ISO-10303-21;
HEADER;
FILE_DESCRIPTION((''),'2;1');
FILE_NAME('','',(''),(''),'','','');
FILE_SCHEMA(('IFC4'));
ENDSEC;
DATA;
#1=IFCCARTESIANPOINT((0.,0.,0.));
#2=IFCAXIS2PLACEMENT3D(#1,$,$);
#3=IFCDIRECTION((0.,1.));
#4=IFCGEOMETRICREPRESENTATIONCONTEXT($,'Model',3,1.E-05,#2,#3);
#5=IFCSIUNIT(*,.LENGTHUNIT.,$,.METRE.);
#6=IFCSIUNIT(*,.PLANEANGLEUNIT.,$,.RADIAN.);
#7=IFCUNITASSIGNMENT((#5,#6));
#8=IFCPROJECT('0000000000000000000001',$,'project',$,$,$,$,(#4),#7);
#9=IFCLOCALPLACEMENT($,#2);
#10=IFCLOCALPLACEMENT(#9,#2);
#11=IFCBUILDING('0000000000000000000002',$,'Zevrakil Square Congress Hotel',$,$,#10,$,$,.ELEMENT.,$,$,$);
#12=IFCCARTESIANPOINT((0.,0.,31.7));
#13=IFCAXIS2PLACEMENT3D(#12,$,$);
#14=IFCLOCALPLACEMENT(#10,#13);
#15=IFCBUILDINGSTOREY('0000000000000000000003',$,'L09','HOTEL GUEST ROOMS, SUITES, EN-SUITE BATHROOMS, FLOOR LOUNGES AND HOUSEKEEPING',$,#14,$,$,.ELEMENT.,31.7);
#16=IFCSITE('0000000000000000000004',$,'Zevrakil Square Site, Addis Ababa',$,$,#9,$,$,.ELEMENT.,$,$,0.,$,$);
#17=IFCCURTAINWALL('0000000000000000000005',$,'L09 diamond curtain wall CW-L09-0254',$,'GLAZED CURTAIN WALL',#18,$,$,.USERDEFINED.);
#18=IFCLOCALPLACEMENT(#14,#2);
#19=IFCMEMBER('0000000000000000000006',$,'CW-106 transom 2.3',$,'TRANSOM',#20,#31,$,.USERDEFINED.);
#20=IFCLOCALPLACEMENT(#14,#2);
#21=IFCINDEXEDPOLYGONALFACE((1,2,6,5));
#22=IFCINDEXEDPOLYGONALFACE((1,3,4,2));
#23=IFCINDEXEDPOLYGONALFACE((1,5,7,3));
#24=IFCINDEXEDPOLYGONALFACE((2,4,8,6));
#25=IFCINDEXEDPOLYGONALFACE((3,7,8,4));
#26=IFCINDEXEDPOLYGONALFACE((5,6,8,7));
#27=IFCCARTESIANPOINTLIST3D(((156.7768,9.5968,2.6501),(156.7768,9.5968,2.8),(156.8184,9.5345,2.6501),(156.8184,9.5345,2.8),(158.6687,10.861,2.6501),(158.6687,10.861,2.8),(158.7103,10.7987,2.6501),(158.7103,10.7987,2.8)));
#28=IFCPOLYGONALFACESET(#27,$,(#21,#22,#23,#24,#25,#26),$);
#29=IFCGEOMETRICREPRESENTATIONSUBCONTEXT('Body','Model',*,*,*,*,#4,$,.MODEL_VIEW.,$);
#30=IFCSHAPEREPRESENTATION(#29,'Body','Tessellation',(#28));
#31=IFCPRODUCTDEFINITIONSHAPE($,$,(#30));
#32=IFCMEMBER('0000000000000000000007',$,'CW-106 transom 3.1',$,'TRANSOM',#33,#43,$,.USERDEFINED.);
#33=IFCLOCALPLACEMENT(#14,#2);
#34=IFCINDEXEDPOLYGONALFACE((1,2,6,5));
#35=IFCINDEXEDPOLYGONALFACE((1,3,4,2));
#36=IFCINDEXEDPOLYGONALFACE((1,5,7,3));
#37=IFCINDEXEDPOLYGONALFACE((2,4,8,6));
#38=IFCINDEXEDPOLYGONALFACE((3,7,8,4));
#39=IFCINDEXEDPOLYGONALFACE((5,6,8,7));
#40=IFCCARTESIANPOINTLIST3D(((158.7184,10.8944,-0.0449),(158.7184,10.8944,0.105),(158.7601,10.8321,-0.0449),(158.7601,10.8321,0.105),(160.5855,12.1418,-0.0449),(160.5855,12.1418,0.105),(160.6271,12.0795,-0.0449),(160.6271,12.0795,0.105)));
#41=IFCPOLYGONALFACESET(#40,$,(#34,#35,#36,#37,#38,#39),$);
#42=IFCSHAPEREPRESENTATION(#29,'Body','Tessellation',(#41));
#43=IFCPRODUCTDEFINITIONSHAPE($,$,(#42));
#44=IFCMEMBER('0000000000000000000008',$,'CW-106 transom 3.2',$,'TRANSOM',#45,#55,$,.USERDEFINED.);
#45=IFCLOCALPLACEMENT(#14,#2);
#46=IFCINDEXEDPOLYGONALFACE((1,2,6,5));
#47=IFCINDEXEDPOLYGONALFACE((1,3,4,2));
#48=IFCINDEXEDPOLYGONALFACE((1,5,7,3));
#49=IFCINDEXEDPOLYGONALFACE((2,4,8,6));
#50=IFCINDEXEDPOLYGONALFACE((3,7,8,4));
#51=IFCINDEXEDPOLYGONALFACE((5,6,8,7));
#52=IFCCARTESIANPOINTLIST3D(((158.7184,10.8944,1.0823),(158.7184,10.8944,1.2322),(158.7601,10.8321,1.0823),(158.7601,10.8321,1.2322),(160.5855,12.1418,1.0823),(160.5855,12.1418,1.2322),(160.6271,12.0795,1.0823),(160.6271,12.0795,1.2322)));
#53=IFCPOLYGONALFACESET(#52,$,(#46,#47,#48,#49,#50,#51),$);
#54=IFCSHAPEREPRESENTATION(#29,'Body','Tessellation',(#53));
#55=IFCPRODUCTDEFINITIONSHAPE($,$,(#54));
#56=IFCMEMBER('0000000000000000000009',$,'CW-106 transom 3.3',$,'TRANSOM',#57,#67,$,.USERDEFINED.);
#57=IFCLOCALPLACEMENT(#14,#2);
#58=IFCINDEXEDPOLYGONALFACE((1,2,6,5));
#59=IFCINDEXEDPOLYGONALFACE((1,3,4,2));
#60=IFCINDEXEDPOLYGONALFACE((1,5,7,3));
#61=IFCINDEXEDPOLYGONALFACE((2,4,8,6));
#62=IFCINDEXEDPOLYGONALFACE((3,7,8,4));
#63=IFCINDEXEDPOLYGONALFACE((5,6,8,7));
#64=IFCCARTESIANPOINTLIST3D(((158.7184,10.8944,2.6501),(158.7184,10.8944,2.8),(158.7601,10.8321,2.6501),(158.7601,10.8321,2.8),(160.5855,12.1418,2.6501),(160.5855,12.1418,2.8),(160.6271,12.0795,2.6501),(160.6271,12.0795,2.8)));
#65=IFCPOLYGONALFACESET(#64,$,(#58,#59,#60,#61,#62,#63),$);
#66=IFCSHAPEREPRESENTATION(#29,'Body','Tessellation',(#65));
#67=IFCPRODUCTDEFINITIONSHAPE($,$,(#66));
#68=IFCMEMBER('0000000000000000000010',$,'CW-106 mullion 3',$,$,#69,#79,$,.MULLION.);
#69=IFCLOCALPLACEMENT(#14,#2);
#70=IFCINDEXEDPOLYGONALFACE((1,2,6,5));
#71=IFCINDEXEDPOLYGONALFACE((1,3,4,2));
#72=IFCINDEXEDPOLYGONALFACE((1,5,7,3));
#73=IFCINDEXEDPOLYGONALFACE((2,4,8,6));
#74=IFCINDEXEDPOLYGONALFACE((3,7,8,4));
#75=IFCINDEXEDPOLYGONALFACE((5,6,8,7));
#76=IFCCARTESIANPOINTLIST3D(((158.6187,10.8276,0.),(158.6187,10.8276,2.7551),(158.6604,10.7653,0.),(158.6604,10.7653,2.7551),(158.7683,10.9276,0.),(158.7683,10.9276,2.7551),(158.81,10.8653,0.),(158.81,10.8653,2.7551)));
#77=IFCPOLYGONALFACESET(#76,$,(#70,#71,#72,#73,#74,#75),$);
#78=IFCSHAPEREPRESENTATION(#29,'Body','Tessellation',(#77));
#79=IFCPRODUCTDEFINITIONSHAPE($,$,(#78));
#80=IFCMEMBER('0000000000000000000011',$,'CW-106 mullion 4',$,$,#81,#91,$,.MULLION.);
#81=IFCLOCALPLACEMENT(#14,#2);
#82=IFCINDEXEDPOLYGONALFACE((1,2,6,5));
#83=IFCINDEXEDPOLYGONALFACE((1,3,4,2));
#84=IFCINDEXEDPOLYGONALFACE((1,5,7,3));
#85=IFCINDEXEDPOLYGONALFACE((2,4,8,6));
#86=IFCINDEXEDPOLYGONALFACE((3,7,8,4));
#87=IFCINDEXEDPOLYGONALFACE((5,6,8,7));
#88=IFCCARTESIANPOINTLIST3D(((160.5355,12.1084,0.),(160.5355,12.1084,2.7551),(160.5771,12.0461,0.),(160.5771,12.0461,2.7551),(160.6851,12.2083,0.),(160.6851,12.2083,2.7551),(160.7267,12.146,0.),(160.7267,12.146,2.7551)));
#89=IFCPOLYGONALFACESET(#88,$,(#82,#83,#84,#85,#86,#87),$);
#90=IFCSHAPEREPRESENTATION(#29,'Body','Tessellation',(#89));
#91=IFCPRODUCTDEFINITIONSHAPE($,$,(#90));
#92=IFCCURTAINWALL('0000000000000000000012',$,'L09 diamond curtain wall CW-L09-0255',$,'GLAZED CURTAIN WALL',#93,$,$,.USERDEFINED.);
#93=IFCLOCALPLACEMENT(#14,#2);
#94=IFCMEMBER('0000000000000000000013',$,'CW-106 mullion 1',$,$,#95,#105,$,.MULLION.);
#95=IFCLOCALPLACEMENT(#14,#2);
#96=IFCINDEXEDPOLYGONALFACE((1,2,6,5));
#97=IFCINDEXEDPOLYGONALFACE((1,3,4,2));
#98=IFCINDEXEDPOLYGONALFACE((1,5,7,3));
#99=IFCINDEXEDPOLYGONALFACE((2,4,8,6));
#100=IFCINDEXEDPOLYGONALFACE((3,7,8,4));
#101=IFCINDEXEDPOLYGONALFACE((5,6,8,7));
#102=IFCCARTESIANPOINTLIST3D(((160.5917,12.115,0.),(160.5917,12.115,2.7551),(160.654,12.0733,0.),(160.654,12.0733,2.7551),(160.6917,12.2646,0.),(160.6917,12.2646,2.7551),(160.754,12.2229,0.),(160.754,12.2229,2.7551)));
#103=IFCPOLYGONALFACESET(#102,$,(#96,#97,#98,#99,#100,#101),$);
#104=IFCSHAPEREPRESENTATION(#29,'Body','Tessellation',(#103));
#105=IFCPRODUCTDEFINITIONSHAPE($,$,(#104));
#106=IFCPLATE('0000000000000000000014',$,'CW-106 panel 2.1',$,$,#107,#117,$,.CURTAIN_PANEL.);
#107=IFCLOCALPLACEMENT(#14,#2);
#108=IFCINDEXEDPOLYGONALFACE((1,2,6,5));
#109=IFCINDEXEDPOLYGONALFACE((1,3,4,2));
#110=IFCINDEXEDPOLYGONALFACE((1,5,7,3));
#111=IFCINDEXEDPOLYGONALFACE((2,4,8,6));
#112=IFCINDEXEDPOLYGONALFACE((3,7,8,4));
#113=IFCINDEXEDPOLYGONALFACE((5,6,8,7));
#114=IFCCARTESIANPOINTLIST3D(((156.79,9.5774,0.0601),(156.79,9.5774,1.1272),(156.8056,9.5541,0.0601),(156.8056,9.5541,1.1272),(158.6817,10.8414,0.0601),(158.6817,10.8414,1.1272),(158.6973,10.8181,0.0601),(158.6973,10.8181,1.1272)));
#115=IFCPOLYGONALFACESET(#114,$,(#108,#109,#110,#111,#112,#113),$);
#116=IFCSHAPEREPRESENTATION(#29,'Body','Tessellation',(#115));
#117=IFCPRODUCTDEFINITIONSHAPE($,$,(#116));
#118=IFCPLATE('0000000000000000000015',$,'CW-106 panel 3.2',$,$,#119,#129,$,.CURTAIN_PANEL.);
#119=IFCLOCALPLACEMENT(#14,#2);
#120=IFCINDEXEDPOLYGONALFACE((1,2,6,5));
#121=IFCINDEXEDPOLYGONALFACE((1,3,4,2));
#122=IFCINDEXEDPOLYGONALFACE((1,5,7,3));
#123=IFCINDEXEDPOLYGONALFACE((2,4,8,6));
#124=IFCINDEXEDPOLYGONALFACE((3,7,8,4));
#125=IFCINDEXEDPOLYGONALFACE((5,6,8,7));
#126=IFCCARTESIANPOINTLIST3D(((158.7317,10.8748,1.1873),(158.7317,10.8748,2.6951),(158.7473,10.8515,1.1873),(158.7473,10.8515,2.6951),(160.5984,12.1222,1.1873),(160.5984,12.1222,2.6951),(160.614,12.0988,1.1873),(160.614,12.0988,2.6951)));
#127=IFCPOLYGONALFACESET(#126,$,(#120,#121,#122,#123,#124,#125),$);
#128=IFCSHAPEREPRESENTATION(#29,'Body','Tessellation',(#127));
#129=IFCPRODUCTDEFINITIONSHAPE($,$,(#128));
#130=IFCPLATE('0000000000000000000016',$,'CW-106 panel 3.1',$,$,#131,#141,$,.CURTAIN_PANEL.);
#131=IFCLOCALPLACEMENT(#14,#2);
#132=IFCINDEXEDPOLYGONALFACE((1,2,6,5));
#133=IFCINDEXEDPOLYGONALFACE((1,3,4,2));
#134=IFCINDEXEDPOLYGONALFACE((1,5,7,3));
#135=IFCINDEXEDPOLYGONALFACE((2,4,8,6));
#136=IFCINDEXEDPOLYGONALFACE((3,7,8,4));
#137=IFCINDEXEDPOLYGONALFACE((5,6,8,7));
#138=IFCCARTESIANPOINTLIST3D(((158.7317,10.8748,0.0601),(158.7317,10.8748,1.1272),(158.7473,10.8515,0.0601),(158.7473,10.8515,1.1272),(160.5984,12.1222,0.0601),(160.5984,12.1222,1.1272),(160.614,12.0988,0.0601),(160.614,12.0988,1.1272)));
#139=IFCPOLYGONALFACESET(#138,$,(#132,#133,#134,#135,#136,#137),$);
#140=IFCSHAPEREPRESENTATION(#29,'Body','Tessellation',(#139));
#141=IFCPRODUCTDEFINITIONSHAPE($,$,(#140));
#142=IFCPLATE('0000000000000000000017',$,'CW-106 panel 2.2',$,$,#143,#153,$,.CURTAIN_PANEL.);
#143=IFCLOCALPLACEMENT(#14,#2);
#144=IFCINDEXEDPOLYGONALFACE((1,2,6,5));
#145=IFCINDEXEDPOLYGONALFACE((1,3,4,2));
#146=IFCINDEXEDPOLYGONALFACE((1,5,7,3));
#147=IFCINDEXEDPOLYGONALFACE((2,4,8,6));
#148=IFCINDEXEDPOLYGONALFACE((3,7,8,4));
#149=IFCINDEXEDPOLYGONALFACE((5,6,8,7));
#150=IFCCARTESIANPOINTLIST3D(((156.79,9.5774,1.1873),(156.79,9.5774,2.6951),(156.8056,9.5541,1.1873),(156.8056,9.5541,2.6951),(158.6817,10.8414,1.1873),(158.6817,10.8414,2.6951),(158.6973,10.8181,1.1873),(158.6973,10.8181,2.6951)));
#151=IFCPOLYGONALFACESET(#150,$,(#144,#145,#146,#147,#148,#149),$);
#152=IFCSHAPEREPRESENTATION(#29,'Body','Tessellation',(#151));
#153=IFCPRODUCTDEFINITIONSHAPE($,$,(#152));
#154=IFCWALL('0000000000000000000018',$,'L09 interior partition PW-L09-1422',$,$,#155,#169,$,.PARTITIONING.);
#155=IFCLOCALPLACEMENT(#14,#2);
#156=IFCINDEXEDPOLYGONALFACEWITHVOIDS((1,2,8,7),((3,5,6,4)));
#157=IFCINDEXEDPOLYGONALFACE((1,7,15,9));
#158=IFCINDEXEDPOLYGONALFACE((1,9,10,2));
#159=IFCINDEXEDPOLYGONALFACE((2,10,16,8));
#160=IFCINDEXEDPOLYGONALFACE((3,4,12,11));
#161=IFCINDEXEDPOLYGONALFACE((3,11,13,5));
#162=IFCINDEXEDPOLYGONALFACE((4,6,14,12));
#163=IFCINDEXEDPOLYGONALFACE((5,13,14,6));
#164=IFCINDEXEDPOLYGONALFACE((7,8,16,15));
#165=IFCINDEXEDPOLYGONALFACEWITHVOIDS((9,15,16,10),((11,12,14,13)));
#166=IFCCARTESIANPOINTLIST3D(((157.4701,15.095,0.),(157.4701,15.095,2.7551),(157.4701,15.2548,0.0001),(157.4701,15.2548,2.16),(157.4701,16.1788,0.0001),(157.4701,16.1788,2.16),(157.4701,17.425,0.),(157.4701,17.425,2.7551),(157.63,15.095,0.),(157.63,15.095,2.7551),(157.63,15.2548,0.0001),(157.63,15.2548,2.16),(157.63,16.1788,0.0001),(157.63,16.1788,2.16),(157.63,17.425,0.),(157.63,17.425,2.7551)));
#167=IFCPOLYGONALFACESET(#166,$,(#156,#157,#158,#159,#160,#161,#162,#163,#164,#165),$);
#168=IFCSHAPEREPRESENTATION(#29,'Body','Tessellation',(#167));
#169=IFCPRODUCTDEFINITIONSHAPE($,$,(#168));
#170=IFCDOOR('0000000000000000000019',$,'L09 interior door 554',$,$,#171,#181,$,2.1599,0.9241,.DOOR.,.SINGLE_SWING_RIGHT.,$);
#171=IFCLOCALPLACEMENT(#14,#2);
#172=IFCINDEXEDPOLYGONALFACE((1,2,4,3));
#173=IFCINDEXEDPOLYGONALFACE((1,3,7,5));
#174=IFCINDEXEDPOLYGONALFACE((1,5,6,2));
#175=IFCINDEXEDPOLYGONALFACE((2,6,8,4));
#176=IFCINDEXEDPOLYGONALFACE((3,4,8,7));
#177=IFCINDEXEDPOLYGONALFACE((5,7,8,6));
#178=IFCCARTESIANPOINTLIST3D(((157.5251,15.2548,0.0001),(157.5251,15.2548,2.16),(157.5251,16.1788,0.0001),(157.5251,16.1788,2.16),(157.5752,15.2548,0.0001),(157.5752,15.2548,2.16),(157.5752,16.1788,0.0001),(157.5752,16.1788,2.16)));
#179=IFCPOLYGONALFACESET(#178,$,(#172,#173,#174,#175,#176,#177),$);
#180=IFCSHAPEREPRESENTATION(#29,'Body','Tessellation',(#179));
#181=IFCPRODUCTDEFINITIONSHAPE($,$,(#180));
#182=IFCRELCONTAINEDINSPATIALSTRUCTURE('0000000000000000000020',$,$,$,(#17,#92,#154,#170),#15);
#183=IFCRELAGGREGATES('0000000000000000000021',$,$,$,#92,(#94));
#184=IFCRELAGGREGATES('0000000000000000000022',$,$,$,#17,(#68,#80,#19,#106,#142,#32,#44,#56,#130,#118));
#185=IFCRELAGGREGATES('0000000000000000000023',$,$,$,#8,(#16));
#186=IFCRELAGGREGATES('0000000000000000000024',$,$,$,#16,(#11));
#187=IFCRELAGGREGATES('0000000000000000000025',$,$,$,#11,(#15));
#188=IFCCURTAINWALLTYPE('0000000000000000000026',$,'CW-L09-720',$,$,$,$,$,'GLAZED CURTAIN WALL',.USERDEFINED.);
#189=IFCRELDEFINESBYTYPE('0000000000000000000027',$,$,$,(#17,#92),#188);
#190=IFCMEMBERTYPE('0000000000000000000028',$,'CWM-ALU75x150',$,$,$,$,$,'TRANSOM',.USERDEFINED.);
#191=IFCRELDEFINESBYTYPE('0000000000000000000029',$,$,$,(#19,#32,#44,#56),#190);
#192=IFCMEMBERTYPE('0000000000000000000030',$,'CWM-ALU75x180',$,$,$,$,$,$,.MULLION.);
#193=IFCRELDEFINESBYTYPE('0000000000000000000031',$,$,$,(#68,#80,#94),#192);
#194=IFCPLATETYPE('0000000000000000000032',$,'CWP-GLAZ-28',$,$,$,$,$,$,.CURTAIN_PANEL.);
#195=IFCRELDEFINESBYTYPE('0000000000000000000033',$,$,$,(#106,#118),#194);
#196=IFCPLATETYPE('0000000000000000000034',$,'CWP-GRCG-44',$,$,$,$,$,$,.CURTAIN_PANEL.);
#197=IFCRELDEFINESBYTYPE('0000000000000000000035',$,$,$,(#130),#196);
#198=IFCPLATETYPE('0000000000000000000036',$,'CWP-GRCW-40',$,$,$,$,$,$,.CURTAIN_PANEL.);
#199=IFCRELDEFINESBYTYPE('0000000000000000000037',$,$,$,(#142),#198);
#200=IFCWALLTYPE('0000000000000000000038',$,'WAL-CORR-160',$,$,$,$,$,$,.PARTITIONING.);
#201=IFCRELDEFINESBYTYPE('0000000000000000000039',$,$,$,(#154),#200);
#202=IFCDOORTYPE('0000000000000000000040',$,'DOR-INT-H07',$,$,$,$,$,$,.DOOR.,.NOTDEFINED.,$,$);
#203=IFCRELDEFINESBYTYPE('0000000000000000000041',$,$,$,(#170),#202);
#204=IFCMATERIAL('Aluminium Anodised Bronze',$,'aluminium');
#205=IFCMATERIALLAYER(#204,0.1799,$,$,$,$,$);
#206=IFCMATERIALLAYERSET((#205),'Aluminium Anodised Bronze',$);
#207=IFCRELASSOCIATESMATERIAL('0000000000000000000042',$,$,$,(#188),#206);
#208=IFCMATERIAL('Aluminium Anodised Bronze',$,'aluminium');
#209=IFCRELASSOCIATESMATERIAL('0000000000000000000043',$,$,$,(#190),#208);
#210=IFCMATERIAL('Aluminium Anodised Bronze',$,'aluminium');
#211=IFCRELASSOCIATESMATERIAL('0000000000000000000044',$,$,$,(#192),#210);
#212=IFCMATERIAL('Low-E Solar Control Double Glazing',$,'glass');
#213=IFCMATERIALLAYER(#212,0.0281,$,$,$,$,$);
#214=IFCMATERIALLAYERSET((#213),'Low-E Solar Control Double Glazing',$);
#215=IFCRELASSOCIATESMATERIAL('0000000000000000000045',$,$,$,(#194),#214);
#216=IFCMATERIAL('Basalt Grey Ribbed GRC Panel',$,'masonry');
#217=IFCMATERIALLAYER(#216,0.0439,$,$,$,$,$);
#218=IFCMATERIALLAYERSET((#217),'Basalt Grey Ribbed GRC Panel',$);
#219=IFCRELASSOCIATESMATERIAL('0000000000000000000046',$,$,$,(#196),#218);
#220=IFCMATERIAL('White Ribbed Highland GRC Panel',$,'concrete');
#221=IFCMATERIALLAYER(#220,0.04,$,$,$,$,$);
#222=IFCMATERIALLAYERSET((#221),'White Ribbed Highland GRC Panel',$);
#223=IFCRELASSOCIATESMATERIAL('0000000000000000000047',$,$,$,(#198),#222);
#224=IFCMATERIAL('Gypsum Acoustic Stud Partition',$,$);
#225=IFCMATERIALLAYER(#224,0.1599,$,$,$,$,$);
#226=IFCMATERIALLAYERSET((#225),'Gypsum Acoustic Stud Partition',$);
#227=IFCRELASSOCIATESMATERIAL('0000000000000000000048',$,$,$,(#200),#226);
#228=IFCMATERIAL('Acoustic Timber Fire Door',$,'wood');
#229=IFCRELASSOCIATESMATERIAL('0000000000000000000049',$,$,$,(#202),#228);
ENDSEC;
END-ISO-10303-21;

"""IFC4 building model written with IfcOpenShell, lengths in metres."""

from ifc_helpers import new_model, si_unit, direction, frame, frame_2d, origin, origin_2d, place, context, subcontext, project, spatial, rectangle, extrude, material, layer, layer_set, material_profile, profile_set, type_object, element, fill, aggregate, save


model = new_model("IFC4")

# Units and contexts
model_context = context("Model", 3, precision=1e-05, world=origin(), true_north=direction((0.0, 1.0)))
body_context = subcontext(model_context, "Body", "Model", "MODEL_VIEW")
ifc_project = project(units=[si_unit("LENGTHUNIT", "METRE"), si_unit("PLANEANGLEUNIT", "RADIAN")], contexts=[model_context])

# Site, building, storey
site_placement = place(None, origin())
site = spatial("IfcSite", under=ifc_project, at=site_placement, Name="Zevrakil Square Site, Addis Ababa", CompositionType="ELEMENT", RefElevation=0.0)
building_placement = place(site_placement, origin())
building = spatial("IfcBuilding", under=site, at=building_placement, Name="Zevrakil Square Congress Hotel", CompositionType="ELEMENT")
storey_placement = place(building_placement, frame((0.0, 0.0, 31.7)))
storey = spatial("IfcBuildingStorey", under=building, at=storey_placement, Name="L09", Description="HOTEL GUEST ROOMS, SUITES, EN-SUITE BATHROOMS, FLOOR LOUNGES AND HOUSEKEEPING", CompositionType="ELEMENT", Elevation=31.7)

# Curtain wall, members
ifc_material_1 = material(Name="Aluminium Anodised Bronze", Category="aluminium")
ifc_layer_1 = layer(ifc_material_1, 0.1799)
ifc_layer_set_1 = layer_set([ifc_layer_1], Name="Aluminium Anodised Bronze")
curtain_wall_type = type_object("IfcCurtainWallType", Name="CW-L09-720", ElementType="GLAZED CURTAIN WALL", PredefinedType="USERDEFINED", material=ifc_layer_set_1)
curtain_wall_1_placement = place(storey_placement, origin())
curtain_wall_1 = element("IfcCurtainWall", 1, at=curtain_wall_1_placement, inside=storey, type_object=curtain_wall_type, Name="L09 diamond curtain wall CW-L09-0254", ObjectType="GLAZED CURTAIN WALL", PredefinedType="USERDEFINED")
ifc_material_2 = material(Name="Aluminium Anodised Bronze", Category="aluminium")
ifc_material_profile_1 = material_profile(ifc_material_2, rectangle(XDim=0.075, YDim=0.1499, at=origin_2d()), Name="ALU 75x150")
ifc_profile_set_1 = profile_set([ifc_material_profile_1], Name="Aluminium Anodised Bronze")
member_type_1 = type_object("IfcMemberType", Name="CWM-ALU75x150", ElementType="TRANSOM", PredefinedType="USERDEFINED", material=ifc_profile_set_1)
member_1_placement = place(storey_placement, frame((156.7976, 9.5657, 2.7251), z_axis=(0.831456, 0.555591, 0.0), x_axis=(-0.555591, 0.831456, 0.0)))
member_1 = element("IfcMember", 2, at=member_1_placement, type_object=member_type_1, Name="CW-106 transom 2.3", ObjectType="TRANSOM", PredefinedType="USERDEFINED", context=body_context, shape_type="SweptSolid", body=[
    extrude(rectangle(XDim=0.075, YDim=0.1499, at=origin_2d()), origin(), (0.0, 0.0, 1.0), 2.2754),
])
member_2_placement = place(storey_placement, frame((158.7393, 10.8633, 0.03), z_axis=(0.831498, 0.555528, 0.0), x_axis=(-0.555528, 0.831498, 0.0)))
member_2 = element("IfcMember", 3, at=member_2_placement, type_object=member_type_1, Name="CW-106 transom 3.1", ObjectType="TRANSOM", PredefinedType="USERDEFINED", context=body_context, shape_type="SweptSolid", body=[
    extrude(rectangle(XDim=0.075, YDim=0.1499, at=origin_2d()), origin(), (0.0, 0.0, 1.0), 2.2454),
])
member_3_placement = place(storey_placement, frame((158.7393, 10.8633, 1.1572), z_axis=(0.831498, 0.555528, 0.0), x_axis=(-0.555528, 0.831498, 0.0)))
member_3 = element("IfcMember", 4, at=member_3_placement, type_object=member_type_1, Name="CW-106 transom 3.2", ObjectType="TRANSOM", PredefinedType="USERDEFINED", context=body_context, shape_type="SweptSolid", body=[
    extrude(rectangle(XDim=0.075, YDim=0.1499, at=origin_2d()), origin(), (0.0, 0.0, 1.0), 2.2454),
])
member_4_placement = place(storey_placement, frame((158.7393, 10.8633, 2.7251), z_axis=(0.831498, 0.555528, 0.0), x_axis=(-0.555528, 0.831498, 0.0)))
member_4 = element("IfcMember", 5, at=member_4_placement, type_object=member_type_1, Name="CW-106 transom 3.3", ObjectType="TRANSOM", PredefinedType="USERDEFINED", context=body_context, shape_type="SweptSolid", body=[
    extrude(rectangle(XDim=0.075, YDim=0.1499, at=origin_2d()), origin(), (0.0, 0.0, 1.0), 2.2454),
])
ifc_material_3 = material(Name="Aluminium Anodised Bronze", Category="aluminium")
ifc_material_profile_2 = material_profile(ifc_material_3, rectangle(XDim=0.075, YDim=0.1799, at=origin_2d()), Name="ALU 75x180")
ifc_profile_set_2 = profile_set([ifc_material_profile_2], Name="Aluminium Anodised Bronze")
member_type_2 = type_object("IfcMemberType", Name="CWM-ALU75x180", PredefinedType="MULLION", material=ifc_profile_set_2)
member_5_placement = place(storey_placement, frame((158.7144, 10.8464, 0.0), z_axis=(0.0, 0.0, 1.0), x_axis=(-0.555576, 0.831466, 0.0)))
member_5 = element("IfcMember", 6, at=member_5_placement, type_object=member_type_2, Name="CW-106 mullion 3", PredefinedType="MULLION", context=body_context, shape_type="SweptSolid", body=[
    extrude(rectangle(XDim=0.075, YDim=0.1799, at=origin_2d()), origin(), (0.0, 0.0, 1.0), 2.7551),
])
member_6_placement = place(storey_placement, frame((160.6311, 12.1272, 0.0), z_axis=(0.0, 0.0, 1.0), x_axis=(-0.555576, 0.831466, 0.0)))
member_6 = element("IfcMember", 7, at=member_6_placement, type_object=member_type_2, Name="CW-106 mullion 4", PredefinedType="MULLION", context=body_context, shape_type="SweptSolid", body=[
    extrude(rectangle(XDim=0.075, YDim=0.1799, at=origin_2d()), origin(), (0.0, 0.0, 1.0), 2.7551),
])

# Curtain wall, member
curtain_wall_2_placement = place(storey_placement, origin())
curtain_wall_2 = element("IfcCurtainWall", 8, at=curtain_wall_2_placement, inside=storey, type_object=curtain_wall_type, Name="L09 diamond curtain wall CW-L09-0255", ObjectType="GLAZED CURTAIN WALL", PredefinedType="USERDEFINED")
member_7_placement = place(storey_placement, frame((160.6729, 12.1689, 0.0), z_axis=(0.0, 0.0, 1.0), x_axis=(-0.831466, 0.555576, 0.0)))
member_7 = element("IfcMember", 9, at=member_7_placement, type_object=member_type_2, Name="CW-106 mullion 1", PredefinedType="MULLION", context=body_context, shape_type="SweptSolid", body=[
    extrude(rectangle(XDim=0.075, YDim=0.1799, at=origin_2d()), origin(), (0.0, 0.0, 1.0), 2.7551),
])
aggregate(curtain_wall_2, [member_7])

# Plates
ifc_material_4 = material(Name="Low-E Solar Control Double Glazing", Category="glass")
ifc_layer_2 = layer(ifc_material_4, 0.0281)
ifc_layer_set_2 = layer_set([ifc_layer_2], Name="Low-E Solar Control Double Glazing")
plate_type_1 = type_object("IfcPlateType", Name="CWP-GLAZ-28", PredefinedType="CURTAIN_PANEL", material=ifc_layer_set_2)
plate_1_placement = place(storey_placement, frame((157.7437, 10.1978, 0.0601), z_axis=(0.0, 0.0, 1.0), x_axis=(0.831466, 0.555576, 0.0)))
plate_1 = element("IfcPlate", 10, at=plate_1_placement, type_object=plate_type_1, Name="CW-106 panel 2.1", PredefinedType="CURTAIN_PANEL", context=body_context, shape_type="SweptSolid", body=[
    extrude(rectangle(XDim=2.2751, YDim=0.0281, at=origin_2d()), origin(), (0.0, 0.0, 1.0), 1.0671),
])
plate_2_placement = place(storey_placement, frame((159.6729, 11.4868, 1.1873), z_axis=(0.0, 0.0, 1.0), x_axis=(0.831466, 0.555576, 0.0)))
plate_2 = element("IfcPlate", 11, at=plate_2_placement, type_object=plate_type_1, Name="CW-106 panel 3.2", PredefinedType="CURTAIN_PANEL", context=body_context, shape_type="SweptSolid", body=[
    extrude(rectangle(XDim=2.2451, YDim=0.0281, at=origin_2d()), origin(), (0.0, 0.0, 1.0), 1.5078),
])
ifc_material_5 = material(Name="Basalt Grey Ribbed GRC Panel", Category="masonry")
ifc_layer_3 = layer(ifc_material_5, 0.0439)
ifc_layer_set_3 = layer_set([ifc_layer_3], Name="Basalt Grey Ribbed GRC Panel")
plate_type_2 = type_object("IfcPlateType", Name="CWP-GRCG-44", PredefinedType="CURTAIN_PANEL", material=ifc_layer_set_3)
plate_3_placement = place(storey_placement, frame((159.6729, 11.4868, 0.0601), z_axis=(0.0, 0.0, 1.0), x_axis=(0.831466, 0.555576, 0.0)))
plate_3 = element("IfcPlate", 12, at=plate_3_placement, type_object=plate_type_2, Name="CW-106 panel 3.1", PredefinedType="CURTAIN_PANEL", context=body_context, shape_type="SweptSolid", body=[
    extrude(rectangle(XDim=2.2451, YDim=0.0281, at=origin_2d()), origin(), (0.0, 0.0, 1.0), 1.0671),
])
ifc_material_6 = material(Name="White Ribbed Highland GRC Panel", Category="concrete")
ifc_layer_4 = layer(ifc_material_6, 0.04)
ifc_layer_set_4 = layer_set([ifc_layer_4], Name="White Ribbed Highland GRC Panel")
plate_type_3 = type_object("IfcPlateType", Name="CWP-GRCW-40", PredefinedType="CURTAIN_PANEL", material=ifc_layer_set_4)
plate_4_placement = place(storey_placement, frame((157.7437, 10.1978, 1.1873), z_axis=(0.0, 0.0, 1.0), x_axis=(0.831466, 0.555576, 0.0)))
plate_4 = element("IfcPlate", 13, at=plate_4_placement, type_object=plate_type_3, Name="CW-106 panel 2.2", PredefinedType="CURTAIN_PANEL", context=body_context, shape_type="SweptSolid", body=[
    extrude(rectangle(XDim=2.2751, YDim=0.0281, at=origin_2d()), origin(), (0.0, 0.0, 1.0), 1.5078),
])
aggregate(curtain_wall_1, [member_5, member_6, member_1, plate_1, plate_4, member_2, member_3, member_4, plate_3, plate_2])

# Wall, opening, door
ifc_material_7 = material(Name="Gypsum Acoustic Stud Partition")
ifc_layer_5 = layer(ifc_material_7, 0.1599)
ifc_layer_set_5 = layer_set([ifc_layer_5], Name="Gypsum Acoustic Stud Partition")
wall_type_1 = type_object("IfcWallType", Name="WAL-CORR-160", PredefinedType="PARTITIONING", material=ifc_layer_set_5)
wall_1_placement = place(storey_placement, frame((157.55, 15.095, 0.0), z_axis=(0.0, 0.0, 1.0), x_axis=(0.0, 1.0, 0.0)))
wall_1 = element("IfcWall", 14, at=wall_1_placement, inside=storey, type_object=wall_type_1, Name="L09 interior partition PW-L09-1422", PredefinedType="PARTITIONING", context=body_context, shape_type="SweptSolid", body=[
    extrude(rectangle(XDim=2.3301, YDim=0.1599, at=frame_2d((1.165, 0.0))), origin(), (0.0, 0.0, 1.0), 2.7551),
])
opening_1_placement = place(wall_1_placement, frame((0.1599, 0.0, 0.0)))
opening_1 = element("IfcOpeningElement", 15, at=opening_1_placement, cuts=wall_1, PredefinedType="OPENING", context=body_context, shape_type="SweptSolid", body=[
    extrude(rectangle(XDim=0.9241, YDim=2.1599, at=frame_2d((0.4619, 1.0801))), frame((0.0, 0.0898, 0.0), z_axis=(0.0, -1.0, 0.0), x_axis=(1.0, 0.0, 0.0)), (0.0, 0.0, 1.0), 0.1799),
])
ifc_material_8 = material(Name="Acoustic Timber Fire Door", Category="wood")
door_type_1 = type_object("IfcDoorType", Name="DOR-INT-H07", OperationType="NOTDEFINED", PredefinedType="DOOR", material=ifc_material_8)
door_1_placement = place(opening_1_placement, origin())
door_1 = element("IfcDoor", 16, at=door_1_placement, inside=storey, type_object=door_type_1, Name="L09 interior door 554", OperationType="SINGLE_SWING_RIGHT", OverallHeight=2.1599, OverallWidth=0.9241, PredefinedType="DOOR", context=body_context, shape_type="SweptSolid", body=[
    extrude(rectangle(XDim=0.9241, YDim=2.1599, at=frame_2d((0.4619, 1.0801))), frame((0.0, 0.0249, 0.0), z_axis=(0.0, -1.0, 0.0), x_axis=(1.0, 0.0, 0.0)), (0.0, 0.0, 1.0), 0.05),
])
fill(opening_1, door_1)

save(model, "model.ifc")
